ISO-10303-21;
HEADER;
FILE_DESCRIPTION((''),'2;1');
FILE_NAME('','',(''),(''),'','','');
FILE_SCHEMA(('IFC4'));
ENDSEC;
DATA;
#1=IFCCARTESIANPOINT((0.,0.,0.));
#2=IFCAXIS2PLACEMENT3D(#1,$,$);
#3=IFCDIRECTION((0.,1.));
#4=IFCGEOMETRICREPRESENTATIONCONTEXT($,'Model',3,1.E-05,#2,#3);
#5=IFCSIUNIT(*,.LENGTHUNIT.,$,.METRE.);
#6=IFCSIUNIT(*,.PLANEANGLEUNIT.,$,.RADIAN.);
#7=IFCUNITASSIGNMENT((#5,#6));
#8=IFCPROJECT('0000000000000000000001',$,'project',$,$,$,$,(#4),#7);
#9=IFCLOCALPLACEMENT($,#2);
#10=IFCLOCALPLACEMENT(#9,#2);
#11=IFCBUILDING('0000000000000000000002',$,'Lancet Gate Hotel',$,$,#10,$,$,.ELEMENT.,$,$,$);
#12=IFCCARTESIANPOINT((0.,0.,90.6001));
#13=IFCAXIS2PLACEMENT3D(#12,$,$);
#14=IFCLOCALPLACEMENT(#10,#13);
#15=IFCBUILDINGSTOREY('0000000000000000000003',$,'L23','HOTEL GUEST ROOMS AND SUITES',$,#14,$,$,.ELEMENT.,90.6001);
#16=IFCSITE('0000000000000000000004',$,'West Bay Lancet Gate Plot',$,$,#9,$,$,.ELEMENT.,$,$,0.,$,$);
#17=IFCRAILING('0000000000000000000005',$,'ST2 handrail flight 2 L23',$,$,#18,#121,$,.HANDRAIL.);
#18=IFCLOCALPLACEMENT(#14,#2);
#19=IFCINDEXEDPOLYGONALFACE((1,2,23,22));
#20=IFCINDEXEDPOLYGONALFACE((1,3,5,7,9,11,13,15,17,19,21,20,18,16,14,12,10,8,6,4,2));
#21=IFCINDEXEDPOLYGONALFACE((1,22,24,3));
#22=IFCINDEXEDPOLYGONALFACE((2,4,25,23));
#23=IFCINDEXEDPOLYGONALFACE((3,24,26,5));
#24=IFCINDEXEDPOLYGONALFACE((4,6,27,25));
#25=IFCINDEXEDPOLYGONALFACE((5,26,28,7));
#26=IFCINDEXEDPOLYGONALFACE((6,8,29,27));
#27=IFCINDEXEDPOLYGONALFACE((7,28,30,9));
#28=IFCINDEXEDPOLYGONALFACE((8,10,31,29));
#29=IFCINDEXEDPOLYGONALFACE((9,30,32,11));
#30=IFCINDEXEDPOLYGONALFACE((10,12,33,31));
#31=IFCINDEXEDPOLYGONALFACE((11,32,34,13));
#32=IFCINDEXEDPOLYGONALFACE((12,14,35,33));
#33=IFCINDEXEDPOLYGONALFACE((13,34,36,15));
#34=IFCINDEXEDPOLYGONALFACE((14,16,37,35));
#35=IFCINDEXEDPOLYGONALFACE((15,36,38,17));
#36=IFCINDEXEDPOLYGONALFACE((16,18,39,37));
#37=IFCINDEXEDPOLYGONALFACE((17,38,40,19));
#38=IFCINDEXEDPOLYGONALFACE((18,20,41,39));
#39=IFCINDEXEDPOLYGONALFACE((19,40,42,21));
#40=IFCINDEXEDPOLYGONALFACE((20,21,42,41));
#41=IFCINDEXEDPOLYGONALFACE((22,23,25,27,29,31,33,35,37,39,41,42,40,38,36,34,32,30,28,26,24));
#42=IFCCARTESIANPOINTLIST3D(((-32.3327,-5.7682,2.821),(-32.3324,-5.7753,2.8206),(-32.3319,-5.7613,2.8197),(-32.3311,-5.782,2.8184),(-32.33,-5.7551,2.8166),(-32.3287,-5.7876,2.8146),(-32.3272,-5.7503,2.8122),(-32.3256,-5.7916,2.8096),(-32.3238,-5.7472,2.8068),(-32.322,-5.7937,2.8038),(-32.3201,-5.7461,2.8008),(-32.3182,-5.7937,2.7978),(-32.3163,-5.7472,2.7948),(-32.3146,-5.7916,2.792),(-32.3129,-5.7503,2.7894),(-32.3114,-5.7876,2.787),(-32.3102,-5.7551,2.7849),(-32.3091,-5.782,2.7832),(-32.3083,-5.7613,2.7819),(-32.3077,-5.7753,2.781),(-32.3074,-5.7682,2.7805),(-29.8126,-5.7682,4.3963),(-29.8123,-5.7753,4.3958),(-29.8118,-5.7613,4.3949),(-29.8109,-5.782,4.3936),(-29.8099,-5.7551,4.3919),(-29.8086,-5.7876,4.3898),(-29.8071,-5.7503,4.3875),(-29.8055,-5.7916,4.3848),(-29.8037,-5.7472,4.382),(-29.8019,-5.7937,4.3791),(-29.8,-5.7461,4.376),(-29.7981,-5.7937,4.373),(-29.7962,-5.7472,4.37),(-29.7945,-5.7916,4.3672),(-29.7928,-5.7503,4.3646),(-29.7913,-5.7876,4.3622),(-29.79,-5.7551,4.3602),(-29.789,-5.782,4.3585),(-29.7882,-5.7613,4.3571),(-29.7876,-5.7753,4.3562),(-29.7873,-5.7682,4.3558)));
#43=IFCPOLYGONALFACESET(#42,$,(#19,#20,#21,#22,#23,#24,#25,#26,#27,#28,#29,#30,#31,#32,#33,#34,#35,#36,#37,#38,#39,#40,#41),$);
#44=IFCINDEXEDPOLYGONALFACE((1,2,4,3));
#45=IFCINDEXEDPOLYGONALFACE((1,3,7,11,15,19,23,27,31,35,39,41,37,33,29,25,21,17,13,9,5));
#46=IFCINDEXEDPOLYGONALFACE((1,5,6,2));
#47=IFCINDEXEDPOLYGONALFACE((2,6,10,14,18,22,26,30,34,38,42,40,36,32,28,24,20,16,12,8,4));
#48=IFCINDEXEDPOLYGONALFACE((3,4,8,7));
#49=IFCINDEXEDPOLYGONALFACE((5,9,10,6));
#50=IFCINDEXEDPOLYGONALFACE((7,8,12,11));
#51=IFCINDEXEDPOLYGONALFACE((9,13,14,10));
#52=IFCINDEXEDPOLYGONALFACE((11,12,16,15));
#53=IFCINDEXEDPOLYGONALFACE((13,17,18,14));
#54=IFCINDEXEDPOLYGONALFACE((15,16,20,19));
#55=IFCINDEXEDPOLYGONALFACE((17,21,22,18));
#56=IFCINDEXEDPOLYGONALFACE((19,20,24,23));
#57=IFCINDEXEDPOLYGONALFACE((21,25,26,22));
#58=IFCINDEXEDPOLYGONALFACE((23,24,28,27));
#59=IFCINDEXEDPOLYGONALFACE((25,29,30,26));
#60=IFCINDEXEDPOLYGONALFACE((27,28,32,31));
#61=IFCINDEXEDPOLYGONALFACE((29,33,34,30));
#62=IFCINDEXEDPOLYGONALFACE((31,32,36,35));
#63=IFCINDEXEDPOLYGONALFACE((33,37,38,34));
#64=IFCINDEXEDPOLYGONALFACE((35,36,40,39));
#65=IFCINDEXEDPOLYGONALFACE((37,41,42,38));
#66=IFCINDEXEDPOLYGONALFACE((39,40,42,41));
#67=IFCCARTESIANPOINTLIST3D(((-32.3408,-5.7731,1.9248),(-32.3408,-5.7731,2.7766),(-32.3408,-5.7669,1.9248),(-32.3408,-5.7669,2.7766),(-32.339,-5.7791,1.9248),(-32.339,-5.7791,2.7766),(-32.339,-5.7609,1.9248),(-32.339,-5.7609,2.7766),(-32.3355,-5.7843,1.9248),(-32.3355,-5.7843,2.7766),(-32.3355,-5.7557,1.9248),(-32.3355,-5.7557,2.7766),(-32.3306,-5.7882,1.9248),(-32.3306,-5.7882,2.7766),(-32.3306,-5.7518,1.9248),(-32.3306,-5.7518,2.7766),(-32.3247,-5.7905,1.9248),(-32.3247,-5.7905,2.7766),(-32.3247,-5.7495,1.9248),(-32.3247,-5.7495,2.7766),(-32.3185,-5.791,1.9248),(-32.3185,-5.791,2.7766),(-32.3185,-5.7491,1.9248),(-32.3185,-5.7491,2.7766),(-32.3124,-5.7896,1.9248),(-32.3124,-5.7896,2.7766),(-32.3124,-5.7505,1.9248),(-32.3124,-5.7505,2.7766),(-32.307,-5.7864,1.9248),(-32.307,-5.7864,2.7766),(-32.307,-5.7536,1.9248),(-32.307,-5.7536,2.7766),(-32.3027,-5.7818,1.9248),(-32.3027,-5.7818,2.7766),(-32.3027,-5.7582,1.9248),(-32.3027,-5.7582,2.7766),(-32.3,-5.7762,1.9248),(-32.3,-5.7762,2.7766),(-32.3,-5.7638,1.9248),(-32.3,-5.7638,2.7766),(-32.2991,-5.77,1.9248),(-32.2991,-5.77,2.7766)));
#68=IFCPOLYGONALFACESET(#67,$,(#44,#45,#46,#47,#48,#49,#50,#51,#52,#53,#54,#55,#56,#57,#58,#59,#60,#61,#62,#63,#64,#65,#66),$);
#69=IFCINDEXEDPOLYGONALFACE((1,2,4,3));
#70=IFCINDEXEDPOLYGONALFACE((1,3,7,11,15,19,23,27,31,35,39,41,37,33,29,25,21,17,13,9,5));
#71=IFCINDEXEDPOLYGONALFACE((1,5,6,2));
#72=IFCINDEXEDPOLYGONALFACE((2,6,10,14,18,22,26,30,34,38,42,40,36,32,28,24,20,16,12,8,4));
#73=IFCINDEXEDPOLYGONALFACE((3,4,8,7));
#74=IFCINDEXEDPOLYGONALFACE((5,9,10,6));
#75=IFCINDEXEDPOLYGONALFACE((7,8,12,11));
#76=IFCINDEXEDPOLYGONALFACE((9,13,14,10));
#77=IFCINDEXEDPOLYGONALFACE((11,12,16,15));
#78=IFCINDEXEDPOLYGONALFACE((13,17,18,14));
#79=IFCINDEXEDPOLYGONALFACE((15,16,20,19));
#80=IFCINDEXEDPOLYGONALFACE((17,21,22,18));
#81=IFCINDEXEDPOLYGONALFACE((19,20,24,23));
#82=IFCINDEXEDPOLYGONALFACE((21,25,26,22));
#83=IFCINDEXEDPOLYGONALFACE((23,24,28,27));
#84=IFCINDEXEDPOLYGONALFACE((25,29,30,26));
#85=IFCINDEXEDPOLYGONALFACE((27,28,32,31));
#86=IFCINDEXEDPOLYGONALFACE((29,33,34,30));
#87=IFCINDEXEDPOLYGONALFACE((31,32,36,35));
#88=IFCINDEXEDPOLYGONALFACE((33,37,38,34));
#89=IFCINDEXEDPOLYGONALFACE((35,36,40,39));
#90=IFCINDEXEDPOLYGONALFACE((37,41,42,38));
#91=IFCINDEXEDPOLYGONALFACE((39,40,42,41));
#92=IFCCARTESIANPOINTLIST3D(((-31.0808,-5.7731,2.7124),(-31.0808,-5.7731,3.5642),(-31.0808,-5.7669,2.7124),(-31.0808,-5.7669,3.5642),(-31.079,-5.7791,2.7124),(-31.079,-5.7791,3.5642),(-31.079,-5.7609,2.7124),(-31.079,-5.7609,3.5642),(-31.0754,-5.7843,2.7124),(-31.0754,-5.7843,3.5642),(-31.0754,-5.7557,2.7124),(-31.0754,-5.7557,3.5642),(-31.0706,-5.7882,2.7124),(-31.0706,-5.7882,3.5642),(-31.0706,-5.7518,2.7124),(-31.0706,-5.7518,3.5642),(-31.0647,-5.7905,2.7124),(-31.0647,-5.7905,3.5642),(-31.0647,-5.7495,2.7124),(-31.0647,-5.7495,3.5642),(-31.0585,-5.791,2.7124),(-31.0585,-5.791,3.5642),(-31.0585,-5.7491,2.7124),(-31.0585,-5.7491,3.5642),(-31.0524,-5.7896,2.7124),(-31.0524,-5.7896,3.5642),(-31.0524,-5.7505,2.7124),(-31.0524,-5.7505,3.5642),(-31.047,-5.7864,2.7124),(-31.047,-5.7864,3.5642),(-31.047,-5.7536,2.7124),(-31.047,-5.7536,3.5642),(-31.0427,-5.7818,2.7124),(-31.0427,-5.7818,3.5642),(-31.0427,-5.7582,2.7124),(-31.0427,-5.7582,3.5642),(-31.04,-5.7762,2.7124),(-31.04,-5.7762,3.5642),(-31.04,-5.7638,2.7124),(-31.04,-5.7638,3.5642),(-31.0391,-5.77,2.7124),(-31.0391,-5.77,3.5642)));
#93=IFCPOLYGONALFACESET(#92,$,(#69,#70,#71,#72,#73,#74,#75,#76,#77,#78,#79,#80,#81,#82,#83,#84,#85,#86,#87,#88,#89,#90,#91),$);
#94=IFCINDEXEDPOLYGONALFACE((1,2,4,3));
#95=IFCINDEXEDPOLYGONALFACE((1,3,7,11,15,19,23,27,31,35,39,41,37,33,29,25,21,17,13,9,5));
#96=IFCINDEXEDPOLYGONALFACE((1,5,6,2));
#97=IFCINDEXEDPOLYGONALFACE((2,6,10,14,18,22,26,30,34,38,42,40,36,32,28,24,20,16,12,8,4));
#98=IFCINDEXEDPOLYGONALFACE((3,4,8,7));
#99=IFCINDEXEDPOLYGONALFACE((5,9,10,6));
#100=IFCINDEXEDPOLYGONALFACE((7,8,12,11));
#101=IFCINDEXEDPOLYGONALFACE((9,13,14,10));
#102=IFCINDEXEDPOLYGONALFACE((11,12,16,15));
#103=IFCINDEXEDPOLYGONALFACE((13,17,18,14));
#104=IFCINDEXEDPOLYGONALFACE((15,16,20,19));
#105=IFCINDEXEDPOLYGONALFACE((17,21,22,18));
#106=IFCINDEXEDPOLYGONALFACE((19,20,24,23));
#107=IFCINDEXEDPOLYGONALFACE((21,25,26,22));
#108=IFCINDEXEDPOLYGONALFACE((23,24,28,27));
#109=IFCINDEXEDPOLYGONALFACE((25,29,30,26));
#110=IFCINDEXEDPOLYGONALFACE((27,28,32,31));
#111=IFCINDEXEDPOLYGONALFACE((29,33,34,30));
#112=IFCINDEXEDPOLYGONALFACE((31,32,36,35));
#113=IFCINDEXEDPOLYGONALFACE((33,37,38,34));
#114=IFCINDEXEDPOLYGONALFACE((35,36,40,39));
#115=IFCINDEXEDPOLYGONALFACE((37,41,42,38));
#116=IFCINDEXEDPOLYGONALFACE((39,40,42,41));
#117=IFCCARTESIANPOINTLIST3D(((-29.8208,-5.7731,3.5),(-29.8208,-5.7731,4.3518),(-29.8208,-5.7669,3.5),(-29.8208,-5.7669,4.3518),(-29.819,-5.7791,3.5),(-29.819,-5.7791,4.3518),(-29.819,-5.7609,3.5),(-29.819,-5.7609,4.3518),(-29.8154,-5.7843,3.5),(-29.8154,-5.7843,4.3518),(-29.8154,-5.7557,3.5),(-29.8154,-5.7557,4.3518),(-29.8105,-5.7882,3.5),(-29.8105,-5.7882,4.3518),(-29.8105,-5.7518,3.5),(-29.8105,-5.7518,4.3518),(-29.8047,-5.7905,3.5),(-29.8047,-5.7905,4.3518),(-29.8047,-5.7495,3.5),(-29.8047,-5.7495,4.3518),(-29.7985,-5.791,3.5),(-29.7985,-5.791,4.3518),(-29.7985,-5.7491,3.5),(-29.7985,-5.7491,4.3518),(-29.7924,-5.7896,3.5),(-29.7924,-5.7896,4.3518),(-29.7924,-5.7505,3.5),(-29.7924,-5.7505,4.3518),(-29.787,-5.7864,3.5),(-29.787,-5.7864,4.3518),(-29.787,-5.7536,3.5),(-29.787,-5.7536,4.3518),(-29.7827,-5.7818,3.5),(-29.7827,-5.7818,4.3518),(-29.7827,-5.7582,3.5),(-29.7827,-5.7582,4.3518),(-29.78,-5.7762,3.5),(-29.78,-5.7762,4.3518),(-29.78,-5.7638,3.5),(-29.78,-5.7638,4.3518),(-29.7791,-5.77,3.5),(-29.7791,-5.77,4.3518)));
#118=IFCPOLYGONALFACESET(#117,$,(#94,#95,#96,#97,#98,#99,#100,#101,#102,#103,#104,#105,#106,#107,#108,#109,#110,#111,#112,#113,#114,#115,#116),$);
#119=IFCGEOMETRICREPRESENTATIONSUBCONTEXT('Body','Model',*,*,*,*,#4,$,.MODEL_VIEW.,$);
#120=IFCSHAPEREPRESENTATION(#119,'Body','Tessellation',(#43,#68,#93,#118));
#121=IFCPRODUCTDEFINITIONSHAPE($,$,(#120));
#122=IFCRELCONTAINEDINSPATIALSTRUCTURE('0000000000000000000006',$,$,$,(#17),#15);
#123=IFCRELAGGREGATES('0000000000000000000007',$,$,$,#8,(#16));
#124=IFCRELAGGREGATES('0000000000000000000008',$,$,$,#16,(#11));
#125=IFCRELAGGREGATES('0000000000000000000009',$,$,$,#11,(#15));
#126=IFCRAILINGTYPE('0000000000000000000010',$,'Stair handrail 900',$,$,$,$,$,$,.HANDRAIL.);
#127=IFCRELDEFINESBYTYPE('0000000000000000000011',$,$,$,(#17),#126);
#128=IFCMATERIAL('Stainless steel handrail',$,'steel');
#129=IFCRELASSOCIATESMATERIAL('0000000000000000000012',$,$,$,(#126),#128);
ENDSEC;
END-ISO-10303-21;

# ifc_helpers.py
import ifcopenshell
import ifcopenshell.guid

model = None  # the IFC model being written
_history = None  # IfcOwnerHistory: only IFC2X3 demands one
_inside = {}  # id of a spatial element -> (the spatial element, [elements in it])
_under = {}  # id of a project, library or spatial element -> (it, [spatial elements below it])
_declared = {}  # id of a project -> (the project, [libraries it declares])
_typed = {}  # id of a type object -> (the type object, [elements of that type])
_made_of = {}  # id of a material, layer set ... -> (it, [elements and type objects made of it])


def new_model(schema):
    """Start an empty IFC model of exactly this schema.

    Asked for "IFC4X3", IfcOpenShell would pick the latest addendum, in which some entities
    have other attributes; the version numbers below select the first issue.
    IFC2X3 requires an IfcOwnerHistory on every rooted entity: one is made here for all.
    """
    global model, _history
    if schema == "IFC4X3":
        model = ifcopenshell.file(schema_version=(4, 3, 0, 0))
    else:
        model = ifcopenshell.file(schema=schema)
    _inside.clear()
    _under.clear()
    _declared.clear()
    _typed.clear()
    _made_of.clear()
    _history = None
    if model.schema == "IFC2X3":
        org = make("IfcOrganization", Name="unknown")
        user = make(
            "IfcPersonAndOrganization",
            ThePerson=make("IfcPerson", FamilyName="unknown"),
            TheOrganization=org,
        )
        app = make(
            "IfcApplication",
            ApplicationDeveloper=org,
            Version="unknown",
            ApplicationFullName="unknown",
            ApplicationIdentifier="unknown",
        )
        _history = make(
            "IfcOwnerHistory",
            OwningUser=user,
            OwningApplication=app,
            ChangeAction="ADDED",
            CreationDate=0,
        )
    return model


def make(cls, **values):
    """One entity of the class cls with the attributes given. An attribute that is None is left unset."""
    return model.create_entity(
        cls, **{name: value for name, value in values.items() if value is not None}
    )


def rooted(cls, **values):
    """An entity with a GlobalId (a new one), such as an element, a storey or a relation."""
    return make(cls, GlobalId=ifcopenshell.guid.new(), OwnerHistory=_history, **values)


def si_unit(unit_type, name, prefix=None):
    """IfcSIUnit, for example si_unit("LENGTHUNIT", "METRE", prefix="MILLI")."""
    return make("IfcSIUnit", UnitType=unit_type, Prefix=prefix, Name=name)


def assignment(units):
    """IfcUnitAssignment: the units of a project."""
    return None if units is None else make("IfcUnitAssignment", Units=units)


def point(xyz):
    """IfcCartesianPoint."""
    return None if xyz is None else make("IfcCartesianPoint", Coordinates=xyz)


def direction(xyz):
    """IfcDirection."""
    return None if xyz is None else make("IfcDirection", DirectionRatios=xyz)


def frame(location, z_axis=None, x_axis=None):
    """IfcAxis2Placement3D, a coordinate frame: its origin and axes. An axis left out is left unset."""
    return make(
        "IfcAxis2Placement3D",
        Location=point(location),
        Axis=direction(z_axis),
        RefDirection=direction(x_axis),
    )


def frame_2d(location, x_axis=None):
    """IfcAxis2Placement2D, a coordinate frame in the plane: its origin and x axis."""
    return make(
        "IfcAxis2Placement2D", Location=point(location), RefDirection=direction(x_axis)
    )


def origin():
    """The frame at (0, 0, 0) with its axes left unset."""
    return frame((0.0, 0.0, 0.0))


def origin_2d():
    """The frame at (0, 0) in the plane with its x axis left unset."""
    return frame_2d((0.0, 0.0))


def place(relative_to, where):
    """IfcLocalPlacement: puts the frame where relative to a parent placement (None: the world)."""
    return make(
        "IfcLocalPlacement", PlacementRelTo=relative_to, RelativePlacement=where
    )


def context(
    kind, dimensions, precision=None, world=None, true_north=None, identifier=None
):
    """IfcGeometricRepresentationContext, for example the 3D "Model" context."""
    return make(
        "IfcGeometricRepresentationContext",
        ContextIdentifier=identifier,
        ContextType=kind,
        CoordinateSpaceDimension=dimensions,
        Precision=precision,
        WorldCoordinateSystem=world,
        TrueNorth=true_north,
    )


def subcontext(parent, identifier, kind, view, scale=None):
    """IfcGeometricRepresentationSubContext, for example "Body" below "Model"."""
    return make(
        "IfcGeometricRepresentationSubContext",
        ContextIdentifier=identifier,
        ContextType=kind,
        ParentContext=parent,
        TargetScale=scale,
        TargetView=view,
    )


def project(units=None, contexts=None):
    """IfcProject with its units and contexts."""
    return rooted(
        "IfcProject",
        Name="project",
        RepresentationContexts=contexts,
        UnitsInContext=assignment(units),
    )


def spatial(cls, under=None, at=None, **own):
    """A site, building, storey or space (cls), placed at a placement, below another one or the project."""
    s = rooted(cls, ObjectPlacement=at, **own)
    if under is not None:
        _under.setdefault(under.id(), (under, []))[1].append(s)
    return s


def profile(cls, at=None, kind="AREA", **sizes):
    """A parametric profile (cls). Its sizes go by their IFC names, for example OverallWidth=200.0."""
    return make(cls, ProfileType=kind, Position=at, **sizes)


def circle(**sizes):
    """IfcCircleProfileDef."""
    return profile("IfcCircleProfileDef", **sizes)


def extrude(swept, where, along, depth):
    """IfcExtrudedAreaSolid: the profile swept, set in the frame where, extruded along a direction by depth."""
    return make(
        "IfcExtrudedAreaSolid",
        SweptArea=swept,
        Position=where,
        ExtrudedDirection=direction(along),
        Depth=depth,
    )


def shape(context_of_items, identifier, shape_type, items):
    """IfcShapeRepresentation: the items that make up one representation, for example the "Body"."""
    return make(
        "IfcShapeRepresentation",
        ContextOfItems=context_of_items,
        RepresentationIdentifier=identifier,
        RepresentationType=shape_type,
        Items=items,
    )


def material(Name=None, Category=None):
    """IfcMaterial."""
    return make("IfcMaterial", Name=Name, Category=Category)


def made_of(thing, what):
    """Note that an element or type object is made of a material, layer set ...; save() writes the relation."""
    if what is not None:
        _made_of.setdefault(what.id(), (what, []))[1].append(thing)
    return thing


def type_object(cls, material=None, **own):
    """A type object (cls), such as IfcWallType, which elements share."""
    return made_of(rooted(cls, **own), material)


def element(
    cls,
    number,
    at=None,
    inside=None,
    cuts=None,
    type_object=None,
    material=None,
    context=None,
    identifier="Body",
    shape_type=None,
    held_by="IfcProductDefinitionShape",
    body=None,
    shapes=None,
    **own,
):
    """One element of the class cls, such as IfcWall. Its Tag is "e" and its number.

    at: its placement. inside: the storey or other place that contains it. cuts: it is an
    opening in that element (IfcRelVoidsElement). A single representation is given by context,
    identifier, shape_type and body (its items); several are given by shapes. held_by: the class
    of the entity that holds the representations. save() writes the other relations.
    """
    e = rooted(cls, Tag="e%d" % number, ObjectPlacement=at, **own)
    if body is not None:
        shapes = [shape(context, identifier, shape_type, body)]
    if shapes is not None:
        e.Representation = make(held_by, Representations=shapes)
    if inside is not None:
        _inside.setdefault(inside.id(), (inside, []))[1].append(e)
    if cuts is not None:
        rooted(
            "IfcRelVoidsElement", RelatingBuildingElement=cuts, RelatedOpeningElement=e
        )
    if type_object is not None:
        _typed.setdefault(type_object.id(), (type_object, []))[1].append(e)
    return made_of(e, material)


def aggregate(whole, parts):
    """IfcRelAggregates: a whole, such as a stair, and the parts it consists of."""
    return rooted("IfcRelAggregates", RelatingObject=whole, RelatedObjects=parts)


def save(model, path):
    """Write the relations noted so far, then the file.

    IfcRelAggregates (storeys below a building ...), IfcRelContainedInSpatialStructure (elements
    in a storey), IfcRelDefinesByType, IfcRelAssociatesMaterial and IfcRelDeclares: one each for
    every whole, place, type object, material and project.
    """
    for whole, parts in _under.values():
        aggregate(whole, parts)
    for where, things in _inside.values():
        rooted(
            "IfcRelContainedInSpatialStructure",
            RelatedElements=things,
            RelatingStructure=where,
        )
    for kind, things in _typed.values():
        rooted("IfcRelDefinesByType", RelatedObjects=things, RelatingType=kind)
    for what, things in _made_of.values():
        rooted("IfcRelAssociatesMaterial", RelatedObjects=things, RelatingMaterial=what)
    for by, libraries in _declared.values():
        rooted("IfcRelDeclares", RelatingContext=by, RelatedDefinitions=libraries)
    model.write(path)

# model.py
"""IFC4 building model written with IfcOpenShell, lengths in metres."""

from ifc_helpers import new_model, si_unit, direction, frame, origin, origin_2d, place, context, subcontext, project, spatial, circle, extrude, material, type_object, element, save


model = new_model("IFC4")

# Units and contexts
model_context = context("Model", 3, precision=1e-05, world=origin(), true_north=direction((0.0, 1.0)))
body_context = subcontext(model_context, "Body", "Model", "MODEL_VIEW")
ifc_project = project(units=[si_unit("LENGTHUNIT", "METRE"), si_unit("PLANEANGLEUNIT", "RADIAN")], contexts=[model_context])

# Site, building, storey
site_placement = place(None, origin())
site = spatial("IfcSite", under=ifc_project, at=site_placement, Name="West Bay Lancet Gate Plot", CompositionType="ELEMENT", RefElevation=0.0)
building_placement = place(site_placement, origin())
building = spatial("IfcBuilding", under=site, at=building_placement, Name="Lancet Gate Hotel", CompositionType="ELEMENT")
storey_placement = place(building_placement, frame((0.0, 0.0, 90.6001)))
storey = spatial("IfcBuildingStorey", under=building, at=storey_placement, Name="L23", Description="HOTEL GUEST ROOMS AND SUITES", CompositionType="ELEMENT", Elevation=90.6001)

# Railing
ifc_material_1 = material(Name="Stainless steel handrail", Category="steel")
railing_type = type_object("IfcRailingType", Name="Stair handrail 900", PredefinedType="HANDRAIL", material=ifc_material_1)
railing_1_placement = place(storey_placement, frame((-32.3201, -5.77, 1.9248)))
element("IfcRailing", 1, at=railing_1_placement, inside=storey, type_object=railing_type, Name="ST2 handrail flight 2 L23", PredefinedType="HANDRAIL", context=body_context, shape_type="SweptSolid", body=[
    extrude(circle(Radius=0.0239, at=origin_2d()), frame((0.0, 0.0, 0.876), z_axis=(0.847971, 0.0, 0.530043), x_axis=(0.0, 1.0, 0.0)), (0.0, 0.0, 1.0), 2.9719),
    extrude(circle(Radius=0.021, at=origin_2d()), origin(), (0.0, 0.0, 1.0), 0.8518),
    extrude(circle(Radius=0.021, at=origin_2d()), frame((1.26, 0.0, 0.7876)), (0.0, 0.0, 1.0), 0.8518),
    extrude(circle(Radius=0.021, at=origin_2d()), frame((2.52, 0.0, 1.5752)), (0.0, 0.0, 1.0), 0.8518),
])

save(model, "model.ifc")
